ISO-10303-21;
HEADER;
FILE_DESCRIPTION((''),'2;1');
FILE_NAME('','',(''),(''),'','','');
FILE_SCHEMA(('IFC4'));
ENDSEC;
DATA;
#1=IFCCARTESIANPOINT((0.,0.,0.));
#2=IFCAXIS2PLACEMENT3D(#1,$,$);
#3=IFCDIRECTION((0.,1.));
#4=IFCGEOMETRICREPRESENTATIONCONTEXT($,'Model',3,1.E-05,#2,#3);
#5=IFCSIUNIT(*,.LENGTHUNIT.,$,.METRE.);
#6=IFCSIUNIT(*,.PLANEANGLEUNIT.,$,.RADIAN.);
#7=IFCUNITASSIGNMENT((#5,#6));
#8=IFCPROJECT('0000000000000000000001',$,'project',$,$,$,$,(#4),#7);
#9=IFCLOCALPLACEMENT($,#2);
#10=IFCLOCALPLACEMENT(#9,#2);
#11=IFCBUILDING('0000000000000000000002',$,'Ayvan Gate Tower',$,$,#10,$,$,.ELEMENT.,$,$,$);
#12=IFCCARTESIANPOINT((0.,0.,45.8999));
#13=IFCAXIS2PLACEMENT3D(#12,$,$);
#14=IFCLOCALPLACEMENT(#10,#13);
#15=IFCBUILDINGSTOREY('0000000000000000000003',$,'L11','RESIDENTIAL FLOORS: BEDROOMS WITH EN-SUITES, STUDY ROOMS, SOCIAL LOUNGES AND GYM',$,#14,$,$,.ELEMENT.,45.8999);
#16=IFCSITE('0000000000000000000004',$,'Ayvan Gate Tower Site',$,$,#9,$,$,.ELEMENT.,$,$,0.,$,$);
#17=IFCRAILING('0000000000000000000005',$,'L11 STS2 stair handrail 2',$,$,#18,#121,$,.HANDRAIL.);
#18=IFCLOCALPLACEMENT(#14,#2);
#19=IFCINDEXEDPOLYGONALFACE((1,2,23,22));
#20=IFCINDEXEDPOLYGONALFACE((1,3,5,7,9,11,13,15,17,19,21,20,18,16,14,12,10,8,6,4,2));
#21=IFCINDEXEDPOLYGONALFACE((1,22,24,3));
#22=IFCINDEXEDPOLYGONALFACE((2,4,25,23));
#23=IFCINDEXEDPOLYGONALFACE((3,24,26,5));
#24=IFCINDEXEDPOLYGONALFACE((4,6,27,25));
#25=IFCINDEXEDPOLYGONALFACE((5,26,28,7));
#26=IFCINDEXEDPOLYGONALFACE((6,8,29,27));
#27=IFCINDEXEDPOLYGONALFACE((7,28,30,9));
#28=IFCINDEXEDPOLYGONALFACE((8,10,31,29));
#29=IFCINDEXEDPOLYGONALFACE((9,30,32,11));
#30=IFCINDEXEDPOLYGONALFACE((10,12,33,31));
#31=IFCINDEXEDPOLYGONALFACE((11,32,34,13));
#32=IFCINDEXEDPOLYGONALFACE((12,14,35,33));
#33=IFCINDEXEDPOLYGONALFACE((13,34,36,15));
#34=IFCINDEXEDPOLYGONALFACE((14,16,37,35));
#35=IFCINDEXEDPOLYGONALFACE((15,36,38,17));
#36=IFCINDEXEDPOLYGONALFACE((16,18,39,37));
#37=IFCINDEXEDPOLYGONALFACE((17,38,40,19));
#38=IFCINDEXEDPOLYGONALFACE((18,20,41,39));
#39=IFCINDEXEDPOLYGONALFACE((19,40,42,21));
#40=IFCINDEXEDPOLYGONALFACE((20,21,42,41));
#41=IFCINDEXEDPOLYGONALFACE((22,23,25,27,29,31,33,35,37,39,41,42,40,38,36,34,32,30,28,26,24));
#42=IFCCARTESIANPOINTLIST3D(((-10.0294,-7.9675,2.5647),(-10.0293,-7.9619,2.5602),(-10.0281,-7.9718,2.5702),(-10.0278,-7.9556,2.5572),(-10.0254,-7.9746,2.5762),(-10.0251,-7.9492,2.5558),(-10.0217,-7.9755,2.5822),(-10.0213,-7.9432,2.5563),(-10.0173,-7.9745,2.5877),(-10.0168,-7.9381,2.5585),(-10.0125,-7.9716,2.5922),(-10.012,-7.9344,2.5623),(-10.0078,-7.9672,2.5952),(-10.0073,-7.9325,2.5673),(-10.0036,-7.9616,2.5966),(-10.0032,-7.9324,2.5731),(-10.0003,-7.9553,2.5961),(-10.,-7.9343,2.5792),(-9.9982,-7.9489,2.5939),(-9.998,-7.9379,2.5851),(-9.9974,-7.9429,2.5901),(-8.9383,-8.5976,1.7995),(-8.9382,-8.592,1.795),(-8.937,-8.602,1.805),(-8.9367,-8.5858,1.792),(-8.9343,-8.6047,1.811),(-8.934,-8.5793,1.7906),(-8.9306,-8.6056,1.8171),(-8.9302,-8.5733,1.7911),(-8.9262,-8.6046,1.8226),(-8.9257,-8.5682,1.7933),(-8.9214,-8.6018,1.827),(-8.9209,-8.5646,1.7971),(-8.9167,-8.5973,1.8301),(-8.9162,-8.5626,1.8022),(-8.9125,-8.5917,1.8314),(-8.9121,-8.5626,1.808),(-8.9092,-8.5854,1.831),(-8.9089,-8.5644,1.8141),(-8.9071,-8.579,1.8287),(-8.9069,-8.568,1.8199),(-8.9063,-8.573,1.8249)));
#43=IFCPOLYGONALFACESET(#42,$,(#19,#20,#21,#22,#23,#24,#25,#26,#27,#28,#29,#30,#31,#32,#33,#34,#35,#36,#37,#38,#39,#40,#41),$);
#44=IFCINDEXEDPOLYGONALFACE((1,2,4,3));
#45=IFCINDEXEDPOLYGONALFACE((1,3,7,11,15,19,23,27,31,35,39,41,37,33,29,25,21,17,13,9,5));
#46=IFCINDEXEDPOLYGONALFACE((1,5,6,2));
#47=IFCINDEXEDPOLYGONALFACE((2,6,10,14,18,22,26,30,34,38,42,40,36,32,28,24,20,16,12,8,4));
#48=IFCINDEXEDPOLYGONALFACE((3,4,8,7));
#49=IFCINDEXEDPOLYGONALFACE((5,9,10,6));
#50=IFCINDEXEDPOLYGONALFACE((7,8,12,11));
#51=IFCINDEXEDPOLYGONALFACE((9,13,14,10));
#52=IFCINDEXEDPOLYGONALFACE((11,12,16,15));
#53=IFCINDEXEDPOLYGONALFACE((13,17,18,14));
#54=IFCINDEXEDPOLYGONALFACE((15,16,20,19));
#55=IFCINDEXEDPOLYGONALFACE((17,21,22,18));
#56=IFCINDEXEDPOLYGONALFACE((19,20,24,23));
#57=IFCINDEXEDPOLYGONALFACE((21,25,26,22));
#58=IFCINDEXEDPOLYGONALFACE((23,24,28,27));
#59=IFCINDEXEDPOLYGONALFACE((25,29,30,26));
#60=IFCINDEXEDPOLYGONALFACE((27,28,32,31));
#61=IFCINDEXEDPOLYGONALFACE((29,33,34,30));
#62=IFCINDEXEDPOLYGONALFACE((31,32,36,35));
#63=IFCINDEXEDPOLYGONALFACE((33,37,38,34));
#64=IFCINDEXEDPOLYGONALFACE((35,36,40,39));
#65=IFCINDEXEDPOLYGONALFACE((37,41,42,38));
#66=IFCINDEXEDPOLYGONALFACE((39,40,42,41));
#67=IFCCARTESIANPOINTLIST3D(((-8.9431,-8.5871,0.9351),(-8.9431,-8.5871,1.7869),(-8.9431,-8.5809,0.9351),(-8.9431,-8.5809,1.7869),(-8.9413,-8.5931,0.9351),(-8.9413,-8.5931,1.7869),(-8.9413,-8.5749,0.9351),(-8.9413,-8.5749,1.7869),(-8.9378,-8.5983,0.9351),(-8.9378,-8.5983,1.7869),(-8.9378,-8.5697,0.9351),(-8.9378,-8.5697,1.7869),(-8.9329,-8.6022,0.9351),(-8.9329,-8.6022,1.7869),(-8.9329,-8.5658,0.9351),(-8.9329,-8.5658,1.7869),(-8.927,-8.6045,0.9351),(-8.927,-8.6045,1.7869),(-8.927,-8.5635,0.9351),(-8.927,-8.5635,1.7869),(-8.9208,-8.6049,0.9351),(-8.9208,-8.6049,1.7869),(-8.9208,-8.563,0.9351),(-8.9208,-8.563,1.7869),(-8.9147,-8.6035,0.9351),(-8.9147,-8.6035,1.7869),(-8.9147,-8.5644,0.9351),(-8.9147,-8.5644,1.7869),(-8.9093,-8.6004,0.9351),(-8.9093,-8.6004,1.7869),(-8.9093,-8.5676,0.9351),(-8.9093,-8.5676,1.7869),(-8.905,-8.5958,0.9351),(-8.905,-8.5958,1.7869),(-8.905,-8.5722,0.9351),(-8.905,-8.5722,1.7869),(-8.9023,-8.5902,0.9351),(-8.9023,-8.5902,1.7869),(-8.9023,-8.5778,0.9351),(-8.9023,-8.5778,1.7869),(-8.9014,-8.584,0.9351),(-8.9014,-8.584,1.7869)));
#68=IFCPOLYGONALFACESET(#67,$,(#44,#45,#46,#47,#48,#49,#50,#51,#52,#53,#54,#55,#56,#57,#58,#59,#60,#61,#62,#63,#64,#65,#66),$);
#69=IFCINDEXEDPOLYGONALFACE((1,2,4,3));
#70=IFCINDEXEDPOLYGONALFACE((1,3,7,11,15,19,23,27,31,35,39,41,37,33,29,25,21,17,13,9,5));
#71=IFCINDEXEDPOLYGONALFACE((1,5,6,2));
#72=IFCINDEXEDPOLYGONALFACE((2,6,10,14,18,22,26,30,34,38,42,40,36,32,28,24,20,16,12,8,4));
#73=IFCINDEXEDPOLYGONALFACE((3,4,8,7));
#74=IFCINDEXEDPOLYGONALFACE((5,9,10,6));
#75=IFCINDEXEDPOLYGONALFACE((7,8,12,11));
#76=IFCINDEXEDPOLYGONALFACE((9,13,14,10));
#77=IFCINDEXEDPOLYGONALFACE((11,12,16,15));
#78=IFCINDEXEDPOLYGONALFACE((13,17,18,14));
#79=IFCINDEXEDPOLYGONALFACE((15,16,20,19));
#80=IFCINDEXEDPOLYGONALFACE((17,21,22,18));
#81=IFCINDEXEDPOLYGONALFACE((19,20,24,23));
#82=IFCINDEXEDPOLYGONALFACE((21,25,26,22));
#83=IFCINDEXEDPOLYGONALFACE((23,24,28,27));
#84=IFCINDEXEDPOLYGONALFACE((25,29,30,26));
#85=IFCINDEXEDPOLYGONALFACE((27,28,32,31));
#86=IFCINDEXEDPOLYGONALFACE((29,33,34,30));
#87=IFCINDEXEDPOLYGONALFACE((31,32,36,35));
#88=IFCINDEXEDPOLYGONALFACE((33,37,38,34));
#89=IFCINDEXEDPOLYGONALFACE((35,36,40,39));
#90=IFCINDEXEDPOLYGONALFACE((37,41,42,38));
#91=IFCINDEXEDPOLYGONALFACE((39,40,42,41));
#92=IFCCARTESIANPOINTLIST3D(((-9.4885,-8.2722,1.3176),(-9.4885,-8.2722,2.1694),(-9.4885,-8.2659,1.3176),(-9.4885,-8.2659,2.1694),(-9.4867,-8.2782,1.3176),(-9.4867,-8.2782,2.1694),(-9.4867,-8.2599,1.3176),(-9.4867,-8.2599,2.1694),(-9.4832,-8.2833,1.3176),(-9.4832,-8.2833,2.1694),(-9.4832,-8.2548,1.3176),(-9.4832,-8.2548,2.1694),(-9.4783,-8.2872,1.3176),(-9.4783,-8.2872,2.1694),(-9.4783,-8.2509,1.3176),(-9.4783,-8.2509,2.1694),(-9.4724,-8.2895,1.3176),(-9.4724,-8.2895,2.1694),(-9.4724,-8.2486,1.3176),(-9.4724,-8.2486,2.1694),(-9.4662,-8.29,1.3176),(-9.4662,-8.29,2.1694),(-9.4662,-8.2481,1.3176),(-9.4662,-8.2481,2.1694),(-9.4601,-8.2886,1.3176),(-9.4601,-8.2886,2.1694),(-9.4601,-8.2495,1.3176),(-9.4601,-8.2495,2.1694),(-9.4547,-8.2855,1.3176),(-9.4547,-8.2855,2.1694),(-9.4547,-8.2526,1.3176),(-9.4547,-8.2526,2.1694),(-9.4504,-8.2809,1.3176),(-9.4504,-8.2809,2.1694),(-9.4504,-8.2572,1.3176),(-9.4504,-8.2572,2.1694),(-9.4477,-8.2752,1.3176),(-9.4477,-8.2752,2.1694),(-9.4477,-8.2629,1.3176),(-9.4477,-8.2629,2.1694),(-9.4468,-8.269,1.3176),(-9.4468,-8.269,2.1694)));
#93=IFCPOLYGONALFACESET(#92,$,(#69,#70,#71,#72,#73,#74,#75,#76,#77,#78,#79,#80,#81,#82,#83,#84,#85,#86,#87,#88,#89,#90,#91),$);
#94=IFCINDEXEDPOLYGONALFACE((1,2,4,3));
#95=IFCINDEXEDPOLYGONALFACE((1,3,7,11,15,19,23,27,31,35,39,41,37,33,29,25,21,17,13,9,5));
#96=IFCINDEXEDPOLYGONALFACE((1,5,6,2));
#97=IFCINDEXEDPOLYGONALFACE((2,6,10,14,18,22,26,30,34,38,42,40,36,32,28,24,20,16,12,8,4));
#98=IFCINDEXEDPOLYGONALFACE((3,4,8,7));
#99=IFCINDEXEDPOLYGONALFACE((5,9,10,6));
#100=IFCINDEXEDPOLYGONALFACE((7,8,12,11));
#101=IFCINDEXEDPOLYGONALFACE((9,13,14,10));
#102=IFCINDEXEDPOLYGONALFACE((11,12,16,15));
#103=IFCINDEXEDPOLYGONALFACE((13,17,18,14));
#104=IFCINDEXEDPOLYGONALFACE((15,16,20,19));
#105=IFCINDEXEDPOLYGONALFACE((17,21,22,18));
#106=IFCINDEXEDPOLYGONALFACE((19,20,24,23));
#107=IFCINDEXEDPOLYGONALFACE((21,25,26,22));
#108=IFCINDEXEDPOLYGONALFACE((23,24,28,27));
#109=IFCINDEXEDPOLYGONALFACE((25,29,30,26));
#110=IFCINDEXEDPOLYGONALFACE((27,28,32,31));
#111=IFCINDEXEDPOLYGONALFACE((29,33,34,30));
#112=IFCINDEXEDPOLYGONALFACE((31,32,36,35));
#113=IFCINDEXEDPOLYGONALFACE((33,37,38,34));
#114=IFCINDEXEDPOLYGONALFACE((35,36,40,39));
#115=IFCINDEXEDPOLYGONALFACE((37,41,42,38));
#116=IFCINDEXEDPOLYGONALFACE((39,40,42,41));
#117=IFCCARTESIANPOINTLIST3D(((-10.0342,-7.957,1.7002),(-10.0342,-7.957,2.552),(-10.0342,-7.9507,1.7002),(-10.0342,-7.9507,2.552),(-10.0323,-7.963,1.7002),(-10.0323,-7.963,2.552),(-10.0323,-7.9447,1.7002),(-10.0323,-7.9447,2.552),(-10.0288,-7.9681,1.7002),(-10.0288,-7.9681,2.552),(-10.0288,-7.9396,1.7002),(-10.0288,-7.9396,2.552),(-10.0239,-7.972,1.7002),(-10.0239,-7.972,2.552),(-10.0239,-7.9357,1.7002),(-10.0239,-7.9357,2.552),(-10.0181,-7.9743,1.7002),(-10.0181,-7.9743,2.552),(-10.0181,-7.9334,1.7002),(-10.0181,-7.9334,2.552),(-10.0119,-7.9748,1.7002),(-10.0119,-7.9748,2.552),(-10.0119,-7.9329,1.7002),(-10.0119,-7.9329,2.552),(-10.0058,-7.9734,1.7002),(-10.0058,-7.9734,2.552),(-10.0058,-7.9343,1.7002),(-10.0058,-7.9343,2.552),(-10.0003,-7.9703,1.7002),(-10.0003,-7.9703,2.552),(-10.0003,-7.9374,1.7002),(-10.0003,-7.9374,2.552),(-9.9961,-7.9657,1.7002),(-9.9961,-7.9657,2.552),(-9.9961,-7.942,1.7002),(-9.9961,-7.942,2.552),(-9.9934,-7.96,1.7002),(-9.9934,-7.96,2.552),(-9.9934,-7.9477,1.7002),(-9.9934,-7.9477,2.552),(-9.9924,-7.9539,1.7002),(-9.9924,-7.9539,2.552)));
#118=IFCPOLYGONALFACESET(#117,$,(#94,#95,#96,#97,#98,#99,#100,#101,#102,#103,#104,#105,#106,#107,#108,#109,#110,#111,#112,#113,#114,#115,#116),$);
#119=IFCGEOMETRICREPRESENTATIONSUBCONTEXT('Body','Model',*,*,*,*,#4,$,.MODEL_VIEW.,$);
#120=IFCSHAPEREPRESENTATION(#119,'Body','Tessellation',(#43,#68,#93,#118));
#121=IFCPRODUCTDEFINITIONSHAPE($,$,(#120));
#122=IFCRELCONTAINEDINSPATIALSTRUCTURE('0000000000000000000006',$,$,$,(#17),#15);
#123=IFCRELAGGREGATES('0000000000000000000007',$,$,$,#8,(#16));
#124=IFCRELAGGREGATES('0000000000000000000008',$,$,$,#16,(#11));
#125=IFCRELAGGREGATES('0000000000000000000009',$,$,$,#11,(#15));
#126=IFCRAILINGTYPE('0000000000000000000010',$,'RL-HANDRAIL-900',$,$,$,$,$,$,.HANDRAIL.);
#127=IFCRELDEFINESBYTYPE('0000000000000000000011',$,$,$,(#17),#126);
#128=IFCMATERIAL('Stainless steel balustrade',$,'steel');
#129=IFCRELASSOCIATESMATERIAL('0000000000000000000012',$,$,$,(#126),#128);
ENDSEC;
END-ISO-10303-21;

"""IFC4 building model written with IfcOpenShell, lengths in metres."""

from ifc_helpers import new_model, si_unit, direction, frame, origin, origin_2d, place, context, subcontext, project, spatial, circle, extrude, material, type_object, element, save


model = new_model("IFC4")

# Units and contexts
model_context = context("Model", 3, precision=1e-05, world=origin(), true_north=direction((0.0, 1.0)))
body_context = subcontext(model_context, "Body", "Model", "MODEL_VIEW")
ifc_project = project(units=[si_unit("LENGTHUNIT", "METRE"), si_unit("PLANEANGLEUNIT", "RADIAN")], contexts=[model_context])

# Site, building, storey
site_placement = place(None, origin())
site = spatial("IfcSite", under=ifc_project, at=site_placement, Name="Ayvan Gate Tower Site", CompositionType="ELEMENT", RefElevation=0.0)
building_placement = place(site_placement, origin())
building = spatial("IfcBuilding", under=site, at=building_placement, Name="Ayvan Gate Tower", CompositionType="ELEMENT")
storey_placement = place(building_placement, frame((0.0, 0.0, 45.8999)))
storey = spatial("IfcBuildingStorey", under=building, at=storey_placement, Name="L11", Description="RESIDENTIAL FLOORS: BEDROOMS WITH EN-SUITES, STUDY ROOMS, SOCIAL LOUNGES AND GYM", CompositionType="ELEMENT", Elevation=45.8999)

# Railing
ifc_material_1 = material(Name="Stainless steel balustrade", Category="steel")
railing_type_1 = type_object("IfcRailingType", Name="RL-HANDRAIL-900", PredefinedType="HANDRAIL", material=ifc_material_1)
railing_1_placement = place(storey_placement, frame((-8.9224, -8.584, 0.9351)))
element("IfcRailing", 1, at=railing_1_placement, inside=storey, type_object=railing_type_1, Name="L11 STS2 stair handrail 2", PredefinedType="HANDRAIL", context=body_context, shape_type="SweptSolid", body=[
    extrude(circle(Radius=0.0239, at=origin_2d()), frame((0.0, 0.0, 0.876), z_axis=(-0.740166, 0.427471, 0.51906), x_axis=(-0.500119, -0.865956, 0.0)), (0.0, 0.0, 1.0), 1.4741),
    extrude(circle(Radius=0.021, at=origin_2d()), origin(), (0.0, 0.0, 1.0), 0.8518),
    extrude(circle(Radius=0.021, at=origin_2d()), frame((-0.5454, 0.3149, 0.3826)), (0.0, 0.0, 1.0), 0.8518),
    extrude(circle(Radius=0.021, at=origin_2d()), frame((-1.0911, 0.6301, 0.7651)), (0.0, 0.0, 1.0), 0.8518),
])

save(model, "model.ifc")
